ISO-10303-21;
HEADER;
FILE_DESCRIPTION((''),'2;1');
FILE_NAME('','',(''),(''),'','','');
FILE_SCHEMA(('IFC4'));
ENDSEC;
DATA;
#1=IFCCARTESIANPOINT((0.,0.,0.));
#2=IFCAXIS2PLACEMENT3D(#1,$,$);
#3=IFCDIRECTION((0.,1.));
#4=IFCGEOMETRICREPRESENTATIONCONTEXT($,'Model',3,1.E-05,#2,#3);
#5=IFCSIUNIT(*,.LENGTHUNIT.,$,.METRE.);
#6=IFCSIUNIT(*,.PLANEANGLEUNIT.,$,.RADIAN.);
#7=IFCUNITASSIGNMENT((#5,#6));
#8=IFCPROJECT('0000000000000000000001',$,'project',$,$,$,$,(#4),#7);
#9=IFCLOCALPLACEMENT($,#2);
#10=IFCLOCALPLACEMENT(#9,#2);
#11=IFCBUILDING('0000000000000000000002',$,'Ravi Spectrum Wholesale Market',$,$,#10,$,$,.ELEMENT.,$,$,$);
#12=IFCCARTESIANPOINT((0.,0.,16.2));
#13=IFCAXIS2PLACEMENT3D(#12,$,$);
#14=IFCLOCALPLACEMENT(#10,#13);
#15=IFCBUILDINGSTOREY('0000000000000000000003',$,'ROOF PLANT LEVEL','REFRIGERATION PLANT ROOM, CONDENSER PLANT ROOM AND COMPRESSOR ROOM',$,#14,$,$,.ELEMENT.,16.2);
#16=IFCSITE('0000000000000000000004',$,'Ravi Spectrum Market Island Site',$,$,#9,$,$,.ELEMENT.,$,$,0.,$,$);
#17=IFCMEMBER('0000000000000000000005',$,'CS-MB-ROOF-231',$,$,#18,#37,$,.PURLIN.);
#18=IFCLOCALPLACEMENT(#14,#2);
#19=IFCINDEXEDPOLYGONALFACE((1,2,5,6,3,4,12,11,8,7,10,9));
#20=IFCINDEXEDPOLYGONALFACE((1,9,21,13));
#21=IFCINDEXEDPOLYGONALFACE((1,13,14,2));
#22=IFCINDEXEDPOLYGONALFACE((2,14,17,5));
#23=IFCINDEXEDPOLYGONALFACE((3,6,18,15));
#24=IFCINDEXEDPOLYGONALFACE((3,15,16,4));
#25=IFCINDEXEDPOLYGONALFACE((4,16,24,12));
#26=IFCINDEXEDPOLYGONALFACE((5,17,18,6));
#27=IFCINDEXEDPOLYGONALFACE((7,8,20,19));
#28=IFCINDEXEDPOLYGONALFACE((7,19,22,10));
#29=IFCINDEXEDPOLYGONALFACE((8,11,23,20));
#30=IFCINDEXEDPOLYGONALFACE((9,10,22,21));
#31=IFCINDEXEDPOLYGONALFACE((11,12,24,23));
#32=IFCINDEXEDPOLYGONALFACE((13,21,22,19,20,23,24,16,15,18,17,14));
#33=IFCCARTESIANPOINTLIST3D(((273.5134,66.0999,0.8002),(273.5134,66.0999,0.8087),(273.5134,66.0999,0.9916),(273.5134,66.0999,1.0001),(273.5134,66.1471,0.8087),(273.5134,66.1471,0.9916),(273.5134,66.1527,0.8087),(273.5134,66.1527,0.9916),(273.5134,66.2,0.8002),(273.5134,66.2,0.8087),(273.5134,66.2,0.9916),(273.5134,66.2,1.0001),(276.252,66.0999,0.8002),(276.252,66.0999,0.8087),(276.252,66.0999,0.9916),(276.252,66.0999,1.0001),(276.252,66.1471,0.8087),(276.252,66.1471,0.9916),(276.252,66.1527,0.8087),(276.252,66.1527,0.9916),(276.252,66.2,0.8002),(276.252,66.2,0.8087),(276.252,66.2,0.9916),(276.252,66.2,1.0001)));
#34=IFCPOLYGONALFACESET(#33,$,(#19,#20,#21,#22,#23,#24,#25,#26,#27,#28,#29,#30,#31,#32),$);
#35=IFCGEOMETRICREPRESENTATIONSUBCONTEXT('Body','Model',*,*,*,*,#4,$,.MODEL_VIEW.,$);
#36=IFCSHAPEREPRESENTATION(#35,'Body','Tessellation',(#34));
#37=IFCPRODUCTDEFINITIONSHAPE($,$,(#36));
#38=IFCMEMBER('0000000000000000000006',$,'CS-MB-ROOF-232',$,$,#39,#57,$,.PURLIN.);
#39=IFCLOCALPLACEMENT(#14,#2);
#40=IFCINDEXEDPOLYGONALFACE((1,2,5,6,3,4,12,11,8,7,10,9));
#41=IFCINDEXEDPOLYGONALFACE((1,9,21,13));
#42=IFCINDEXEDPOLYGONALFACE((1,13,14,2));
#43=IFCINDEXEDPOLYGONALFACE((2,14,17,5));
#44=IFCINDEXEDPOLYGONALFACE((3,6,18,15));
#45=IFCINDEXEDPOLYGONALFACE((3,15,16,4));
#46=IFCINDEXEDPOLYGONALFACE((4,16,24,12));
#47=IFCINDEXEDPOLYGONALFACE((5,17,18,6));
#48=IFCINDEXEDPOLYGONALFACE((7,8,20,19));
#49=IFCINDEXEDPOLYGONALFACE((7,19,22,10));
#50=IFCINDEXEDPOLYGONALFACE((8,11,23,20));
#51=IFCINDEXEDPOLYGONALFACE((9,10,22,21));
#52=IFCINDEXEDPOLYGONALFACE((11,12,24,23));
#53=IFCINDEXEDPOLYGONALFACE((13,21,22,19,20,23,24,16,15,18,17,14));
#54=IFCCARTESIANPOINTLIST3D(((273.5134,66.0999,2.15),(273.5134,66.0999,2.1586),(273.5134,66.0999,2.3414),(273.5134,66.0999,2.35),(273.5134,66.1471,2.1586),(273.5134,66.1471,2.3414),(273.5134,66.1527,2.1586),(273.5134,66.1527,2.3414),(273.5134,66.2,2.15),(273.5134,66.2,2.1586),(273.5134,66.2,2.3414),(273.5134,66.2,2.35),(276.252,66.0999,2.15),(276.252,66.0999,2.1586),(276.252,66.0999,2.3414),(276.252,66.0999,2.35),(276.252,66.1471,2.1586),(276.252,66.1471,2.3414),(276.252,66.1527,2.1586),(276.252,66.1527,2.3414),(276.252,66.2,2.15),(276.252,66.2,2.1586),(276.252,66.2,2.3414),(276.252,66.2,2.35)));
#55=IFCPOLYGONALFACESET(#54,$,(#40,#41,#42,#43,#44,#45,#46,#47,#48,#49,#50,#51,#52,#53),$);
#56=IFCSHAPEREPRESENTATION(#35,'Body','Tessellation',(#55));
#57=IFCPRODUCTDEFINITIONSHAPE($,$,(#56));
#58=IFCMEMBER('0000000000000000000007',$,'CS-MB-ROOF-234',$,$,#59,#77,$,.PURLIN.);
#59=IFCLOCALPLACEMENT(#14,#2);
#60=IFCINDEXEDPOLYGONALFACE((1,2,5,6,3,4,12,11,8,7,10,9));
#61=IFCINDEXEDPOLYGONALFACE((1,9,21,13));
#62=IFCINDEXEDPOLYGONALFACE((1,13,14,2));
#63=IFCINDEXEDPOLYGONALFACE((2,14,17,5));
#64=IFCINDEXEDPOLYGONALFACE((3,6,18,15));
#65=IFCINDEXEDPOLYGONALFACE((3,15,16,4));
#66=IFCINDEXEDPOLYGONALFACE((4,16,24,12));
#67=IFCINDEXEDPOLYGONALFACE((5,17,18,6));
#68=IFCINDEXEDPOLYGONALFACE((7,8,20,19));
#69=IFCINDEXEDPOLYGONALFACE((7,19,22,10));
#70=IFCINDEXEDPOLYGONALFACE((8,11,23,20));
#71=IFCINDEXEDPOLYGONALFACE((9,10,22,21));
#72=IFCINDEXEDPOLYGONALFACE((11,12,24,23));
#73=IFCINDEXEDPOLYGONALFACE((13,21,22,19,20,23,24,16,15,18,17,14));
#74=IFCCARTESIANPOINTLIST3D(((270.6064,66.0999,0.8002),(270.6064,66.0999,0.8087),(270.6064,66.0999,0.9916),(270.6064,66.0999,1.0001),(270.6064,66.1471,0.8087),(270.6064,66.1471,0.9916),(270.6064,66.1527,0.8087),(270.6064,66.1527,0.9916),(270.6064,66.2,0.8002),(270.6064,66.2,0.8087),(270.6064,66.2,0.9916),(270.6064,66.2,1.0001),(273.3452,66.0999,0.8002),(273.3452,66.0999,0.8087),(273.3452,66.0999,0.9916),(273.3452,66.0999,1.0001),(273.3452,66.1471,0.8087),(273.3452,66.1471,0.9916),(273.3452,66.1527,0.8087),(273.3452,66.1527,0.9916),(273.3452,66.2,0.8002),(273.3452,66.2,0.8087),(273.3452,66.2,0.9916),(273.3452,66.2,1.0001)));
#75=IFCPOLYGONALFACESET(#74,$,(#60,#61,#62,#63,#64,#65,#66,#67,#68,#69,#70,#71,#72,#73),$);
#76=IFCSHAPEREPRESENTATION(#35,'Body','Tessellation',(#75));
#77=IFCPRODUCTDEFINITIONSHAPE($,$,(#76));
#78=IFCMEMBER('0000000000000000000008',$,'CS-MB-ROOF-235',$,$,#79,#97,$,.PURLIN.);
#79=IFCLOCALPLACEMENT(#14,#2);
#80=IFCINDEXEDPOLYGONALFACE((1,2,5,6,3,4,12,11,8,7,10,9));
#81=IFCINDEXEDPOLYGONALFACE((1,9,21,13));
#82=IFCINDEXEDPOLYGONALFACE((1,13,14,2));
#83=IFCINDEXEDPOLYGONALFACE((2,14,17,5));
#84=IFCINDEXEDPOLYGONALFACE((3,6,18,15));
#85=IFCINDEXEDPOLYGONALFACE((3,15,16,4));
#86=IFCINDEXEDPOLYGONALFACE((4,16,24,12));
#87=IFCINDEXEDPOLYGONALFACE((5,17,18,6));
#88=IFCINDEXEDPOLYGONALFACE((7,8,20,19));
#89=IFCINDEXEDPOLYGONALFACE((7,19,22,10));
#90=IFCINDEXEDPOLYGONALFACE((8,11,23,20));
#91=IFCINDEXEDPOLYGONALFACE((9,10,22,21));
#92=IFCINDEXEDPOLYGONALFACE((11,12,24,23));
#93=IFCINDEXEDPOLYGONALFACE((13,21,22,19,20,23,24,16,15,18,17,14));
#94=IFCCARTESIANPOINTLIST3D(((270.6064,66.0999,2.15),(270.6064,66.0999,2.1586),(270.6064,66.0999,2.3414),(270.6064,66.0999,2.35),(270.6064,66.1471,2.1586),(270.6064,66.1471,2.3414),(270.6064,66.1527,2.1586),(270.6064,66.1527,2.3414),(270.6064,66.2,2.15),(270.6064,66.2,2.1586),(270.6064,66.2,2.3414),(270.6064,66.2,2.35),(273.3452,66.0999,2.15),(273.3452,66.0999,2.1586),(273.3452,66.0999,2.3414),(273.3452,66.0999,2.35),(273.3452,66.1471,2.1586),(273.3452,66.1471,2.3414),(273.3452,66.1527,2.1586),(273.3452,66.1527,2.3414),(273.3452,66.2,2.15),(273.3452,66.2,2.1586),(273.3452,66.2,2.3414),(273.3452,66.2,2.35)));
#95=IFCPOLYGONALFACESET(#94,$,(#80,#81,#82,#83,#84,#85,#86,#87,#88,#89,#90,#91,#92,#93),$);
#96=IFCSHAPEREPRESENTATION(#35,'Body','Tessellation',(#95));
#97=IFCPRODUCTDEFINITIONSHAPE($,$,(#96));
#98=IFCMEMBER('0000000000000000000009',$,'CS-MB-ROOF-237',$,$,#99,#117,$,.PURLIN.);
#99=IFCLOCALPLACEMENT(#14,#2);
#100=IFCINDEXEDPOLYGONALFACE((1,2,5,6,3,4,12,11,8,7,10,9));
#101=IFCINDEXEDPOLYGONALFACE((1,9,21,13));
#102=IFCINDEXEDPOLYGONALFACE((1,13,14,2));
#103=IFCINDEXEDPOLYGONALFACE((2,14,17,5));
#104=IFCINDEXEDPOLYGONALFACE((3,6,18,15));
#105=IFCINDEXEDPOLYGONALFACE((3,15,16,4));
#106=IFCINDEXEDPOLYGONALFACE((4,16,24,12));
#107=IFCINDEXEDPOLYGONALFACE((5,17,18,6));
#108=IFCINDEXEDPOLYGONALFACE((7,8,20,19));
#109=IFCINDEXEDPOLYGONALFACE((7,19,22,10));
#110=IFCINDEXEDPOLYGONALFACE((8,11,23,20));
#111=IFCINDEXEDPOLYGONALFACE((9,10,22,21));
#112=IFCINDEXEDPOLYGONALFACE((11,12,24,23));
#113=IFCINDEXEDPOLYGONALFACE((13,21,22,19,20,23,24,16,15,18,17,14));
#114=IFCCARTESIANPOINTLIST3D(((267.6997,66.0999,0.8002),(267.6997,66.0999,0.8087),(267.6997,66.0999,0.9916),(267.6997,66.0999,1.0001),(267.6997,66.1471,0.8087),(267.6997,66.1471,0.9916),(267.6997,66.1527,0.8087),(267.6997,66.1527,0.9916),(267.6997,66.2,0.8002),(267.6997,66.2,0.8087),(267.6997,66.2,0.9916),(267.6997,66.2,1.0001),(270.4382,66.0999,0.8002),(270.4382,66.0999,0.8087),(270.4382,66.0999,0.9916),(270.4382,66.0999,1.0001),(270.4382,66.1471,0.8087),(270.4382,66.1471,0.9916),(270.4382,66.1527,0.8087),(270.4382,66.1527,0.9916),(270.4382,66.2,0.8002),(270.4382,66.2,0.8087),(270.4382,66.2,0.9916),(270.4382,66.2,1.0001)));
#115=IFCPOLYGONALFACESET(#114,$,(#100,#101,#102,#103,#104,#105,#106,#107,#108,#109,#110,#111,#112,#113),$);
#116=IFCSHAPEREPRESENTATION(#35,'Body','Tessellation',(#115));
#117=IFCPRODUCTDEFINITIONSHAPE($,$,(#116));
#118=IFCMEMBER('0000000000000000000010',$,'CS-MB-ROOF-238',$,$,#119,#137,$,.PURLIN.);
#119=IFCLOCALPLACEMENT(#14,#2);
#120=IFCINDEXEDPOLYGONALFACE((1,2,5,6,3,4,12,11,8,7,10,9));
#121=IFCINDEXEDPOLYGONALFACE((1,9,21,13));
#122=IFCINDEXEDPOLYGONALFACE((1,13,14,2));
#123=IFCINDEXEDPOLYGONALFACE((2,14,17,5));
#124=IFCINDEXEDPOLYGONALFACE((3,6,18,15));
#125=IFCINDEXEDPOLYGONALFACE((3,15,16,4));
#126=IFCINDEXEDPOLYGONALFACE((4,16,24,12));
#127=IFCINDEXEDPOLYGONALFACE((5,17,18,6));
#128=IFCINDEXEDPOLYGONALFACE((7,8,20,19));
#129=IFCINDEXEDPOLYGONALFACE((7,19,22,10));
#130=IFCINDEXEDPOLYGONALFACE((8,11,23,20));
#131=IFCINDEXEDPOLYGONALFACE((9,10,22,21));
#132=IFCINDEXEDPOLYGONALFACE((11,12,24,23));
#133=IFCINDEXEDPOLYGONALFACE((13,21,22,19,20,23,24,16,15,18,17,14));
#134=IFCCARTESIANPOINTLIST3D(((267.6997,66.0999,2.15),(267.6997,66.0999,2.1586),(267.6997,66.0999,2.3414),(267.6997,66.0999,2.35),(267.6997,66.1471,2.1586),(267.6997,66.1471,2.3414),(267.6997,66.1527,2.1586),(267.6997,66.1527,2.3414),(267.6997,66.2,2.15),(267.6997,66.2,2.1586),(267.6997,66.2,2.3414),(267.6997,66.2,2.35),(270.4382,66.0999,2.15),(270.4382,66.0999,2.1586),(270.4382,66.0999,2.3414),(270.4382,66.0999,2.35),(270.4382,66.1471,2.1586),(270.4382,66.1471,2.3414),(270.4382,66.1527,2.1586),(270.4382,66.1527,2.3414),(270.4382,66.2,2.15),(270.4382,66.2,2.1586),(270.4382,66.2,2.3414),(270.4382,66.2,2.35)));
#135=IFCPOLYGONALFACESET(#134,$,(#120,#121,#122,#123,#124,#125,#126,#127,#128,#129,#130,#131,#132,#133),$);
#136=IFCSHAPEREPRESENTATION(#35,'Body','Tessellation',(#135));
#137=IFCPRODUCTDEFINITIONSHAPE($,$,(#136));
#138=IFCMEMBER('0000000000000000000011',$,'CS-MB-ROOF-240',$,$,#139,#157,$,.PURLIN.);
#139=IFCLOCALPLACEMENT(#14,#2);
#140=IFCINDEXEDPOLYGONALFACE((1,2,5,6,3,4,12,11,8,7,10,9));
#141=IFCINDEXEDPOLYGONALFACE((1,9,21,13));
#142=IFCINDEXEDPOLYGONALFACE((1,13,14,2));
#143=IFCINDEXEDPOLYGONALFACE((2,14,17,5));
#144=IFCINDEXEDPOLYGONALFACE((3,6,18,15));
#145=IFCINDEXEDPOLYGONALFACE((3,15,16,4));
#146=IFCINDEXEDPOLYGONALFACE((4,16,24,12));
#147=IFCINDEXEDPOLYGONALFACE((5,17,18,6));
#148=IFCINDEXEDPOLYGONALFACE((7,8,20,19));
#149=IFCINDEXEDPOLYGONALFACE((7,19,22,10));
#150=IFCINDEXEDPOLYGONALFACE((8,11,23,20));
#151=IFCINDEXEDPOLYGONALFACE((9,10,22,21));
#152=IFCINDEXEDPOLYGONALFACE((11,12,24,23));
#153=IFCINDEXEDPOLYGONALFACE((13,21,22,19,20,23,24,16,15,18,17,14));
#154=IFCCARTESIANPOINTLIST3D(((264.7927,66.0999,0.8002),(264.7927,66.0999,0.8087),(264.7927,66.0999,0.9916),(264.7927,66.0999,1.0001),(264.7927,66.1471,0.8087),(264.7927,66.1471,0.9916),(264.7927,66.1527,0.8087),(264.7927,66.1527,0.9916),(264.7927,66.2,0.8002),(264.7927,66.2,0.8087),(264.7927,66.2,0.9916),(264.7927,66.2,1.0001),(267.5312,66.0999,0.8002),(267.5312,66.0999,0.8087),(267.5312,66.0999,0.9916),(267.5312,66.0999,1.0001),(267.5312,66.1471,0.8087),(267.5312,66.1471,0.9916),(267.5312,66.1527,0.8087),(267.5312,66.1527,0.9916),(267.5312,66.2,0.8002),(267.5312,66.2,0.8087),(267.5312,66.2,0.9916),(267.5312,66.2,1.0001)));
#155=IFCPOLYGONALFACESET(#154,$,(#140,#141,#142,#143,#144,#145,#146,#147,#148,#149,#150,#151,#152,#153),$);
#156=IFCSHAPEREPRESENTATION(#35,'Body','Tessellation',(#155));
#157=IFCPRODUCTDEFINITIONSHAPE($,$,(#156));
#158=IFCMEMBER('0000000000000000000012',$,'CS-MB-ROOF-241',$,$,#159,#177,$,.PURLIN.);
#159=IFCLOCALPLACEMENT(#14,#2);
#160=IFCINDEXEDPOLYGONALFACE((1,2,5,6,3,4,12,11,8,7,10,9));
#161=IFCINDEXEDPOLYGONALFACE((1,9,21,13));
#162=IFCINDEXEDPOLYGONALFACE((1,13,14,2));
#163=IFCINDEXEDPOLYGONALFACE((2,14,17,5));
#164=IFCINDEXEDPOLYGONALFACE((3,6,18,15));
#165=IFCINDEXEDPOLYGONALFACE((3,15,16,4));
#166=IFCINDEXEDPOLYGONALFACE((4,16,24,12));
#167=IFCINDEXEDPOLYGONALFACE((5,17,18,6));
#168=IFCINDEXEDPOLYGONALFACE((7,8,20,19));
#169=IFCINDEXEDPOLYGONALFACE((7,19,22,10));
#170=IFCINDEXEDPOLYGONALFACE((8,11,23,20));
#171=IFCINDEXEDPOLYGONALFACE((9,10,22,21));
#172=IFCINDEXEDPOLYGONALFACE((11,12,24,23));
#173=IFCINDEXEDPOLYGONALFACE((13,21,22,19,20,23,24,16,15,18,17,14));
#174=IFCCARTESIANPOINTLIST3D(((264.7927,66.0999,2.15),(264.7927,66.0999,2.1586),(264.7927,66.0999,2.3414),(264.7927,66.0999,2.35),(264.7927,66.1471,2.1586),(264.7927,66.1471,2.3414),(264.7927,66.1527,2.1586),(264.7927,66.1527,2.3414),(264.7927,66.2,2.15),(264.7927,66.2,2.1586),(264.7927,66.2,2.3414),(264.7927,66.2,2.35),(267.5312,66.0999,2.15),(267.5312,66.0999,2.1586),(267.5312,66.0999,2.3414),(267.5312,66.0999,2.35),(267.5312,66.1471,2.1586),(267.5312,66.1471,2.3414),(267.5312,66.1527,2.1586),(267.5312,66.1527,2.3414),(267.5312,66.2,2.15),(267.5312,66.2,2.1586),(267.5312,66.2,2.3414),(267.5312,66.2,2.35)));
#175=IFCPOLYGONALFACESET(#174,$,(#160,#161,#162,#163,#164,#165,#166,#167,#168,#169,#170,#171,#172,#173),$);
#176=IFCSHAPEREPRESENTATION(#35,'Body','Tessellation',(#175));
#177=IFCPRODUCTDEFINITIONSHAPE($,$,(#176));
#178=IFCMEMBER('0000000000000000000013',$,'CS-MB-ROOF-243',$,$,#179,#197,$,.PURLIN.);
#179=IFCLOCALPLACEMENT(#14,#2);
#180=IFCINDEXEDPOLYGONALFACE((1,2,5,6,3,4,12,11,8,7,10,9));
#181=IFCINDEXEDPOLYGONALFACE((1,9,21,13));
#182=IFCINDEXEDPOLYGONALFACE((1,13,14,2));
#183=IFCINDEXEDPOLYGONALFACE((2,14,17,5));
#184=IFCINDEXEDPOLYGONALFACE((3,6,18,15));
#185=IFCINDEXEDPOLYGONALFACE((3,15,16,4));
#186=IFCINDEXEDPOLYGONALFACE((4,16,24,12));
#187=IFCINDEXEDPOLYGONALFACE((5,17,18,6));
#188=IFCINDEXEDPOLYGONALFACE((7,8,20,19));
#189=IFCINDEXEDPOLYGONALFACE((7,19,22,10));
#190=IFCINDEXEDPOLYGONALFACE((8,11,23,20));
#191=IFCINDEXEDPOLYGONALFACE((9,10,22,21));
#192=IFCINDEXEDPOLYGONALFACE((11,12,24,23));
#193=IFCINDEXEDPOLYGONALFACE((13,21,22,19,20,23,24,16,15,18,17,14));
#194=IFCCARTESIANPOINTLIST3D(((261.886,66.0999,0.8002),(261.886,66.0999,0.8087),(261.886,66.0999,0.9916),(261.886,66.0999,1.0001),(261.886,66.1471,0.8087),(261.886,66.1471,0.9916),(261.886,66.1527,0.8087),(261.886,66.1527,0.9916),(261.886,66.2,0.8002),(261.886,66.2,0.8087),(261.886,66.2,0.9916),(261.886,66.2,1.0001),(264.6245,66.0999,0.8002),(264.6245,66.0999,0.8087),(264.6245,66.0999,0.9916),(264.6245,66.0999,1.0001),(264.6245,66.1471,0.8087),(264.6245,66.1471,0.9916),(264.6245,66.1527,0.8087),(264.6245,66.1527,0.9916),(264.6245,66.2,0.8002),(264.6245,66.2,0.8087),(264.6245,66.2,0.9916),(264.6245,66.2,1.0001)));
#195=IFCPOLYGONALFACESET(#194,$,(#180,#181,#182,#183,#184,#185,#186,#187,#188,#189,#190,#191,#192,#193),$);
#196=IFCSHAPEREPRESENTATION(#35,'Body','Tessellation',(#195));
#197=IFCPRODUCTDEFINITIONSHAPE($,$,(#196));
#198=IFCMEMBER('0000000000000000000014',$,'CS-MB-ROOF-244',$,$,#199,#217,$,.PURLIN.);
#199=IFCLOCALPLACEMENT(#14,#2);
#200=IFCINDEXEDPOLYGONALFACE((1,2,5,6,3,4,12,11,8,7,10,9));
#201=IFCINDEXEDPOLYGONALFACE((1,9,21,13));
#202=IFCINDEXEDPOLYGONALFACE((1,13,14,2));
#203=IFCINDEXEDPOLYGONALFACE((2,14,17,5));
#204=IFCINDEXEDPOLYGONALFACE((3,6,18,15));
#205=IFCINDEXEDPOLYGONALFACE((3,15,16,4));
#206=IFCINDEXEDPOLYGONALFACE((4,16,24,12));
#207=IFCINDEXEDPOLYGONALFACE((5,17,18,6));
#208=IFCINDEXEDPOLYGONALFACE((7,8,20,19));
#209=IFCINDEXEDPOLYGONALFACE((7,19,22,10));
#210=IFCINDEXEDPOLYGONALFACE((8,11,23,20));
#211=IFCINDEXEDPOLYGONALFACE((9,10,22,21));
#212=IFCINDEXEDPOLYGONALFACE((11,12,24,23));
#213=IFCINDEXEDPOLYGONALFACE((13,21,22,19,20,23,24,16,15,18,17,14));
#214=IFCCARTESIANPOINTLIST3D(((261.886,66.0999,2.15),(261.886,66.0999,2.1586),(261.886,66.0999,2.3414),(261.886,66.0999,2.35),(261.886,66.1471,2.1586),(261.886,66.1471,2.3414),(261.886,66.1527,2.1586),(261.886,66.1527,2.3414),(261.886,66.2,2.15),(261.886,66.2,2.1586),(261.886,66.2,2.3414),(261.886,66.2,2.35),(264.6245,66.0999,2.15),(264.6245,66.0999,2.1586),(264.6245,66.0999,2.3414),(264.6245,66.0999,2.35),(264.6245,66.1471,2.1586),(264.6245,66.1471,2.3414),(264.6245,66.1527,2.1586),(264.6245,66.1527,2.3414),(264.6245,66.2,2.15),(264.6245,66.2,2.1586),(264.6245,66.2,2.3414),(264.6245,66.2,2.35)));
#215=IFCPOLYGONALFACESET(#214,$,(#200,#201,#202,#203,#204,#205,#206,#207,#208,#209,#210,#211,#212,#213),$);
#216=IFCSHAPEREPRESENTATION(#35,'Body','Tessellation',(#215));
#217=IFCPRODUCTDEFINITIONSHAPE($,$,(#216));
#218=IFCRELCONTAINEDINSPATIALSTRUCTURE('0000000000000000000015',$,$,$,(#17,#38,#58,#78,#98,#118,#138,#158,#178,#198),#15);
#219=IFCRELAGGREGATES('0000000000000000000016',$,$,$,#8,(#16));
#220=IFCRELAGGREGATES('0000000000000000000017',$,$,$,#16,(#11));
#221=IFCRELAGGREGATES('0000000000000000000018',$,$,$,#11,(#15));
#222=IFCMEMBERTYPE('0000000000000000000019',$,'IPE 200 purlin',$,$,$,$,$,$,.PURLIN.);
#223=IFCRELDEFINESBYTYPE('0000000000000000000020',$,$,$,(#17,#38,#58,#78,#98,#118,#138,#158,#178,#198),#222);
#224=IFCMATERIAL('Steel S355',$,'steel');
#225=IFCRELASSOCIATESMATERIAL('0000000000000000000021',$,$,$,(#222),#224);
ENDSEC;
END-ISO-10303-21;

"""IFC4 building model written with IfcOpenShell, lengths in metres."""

from ifc_helpers import new_model, si_unit, direction, frame, origin, origin_2d, place, context, subcontext, project, spatial, i_section, extrude, material, material_profile, profile_set, type_object, element, save


model = new_model("IFC4")

# Units and contexts
model_context = context("Model", 3, precision=1e-05, world=origin(), true_north=direction((0.0, 1.0)))
body_context = subcontext(model_context, "Body", "Model", "MODEL_VIEW")
ifc_project = project(units=[si_unit("LENGTHUNIT", "METRE"), si_unit("PLANEANGLEUNIT", "RADIAN")], contexts=[model_context])

# Site, building, storey
site_placement = place(None, origin())
site = spatial("IfcSite", under=ifc_project, at=site_placement, Name="Ravi Spectrum Market Island Site", CompositionType="ELEMENT", RefElevation=0.0)
building_placement = place(site_placement, origin())
building = spatial("IfcBuilding", under=site, at=building_placement, Name="Ravi Spectrum Wholesale Market", CompositionType="ELEMENT")
storey_placement = place(building_placement, frame((0.0, 0.0, 16.2)))
storey = spatial("IfcBuildingStorey", under=building, at=storey_placement, Name="ROOF PLANT LEVEL", Description="REFRIGERATION PLANT ROOM, CONDENSER PLANT ROOM AND COMPRESSOR ROOM", CompositionType="ELEMENT", Elevation=16.2)

# Members
ifc_material_1 = material(Name="Steel S355", Category="steel")
ifc_material_profile_1 = material_profile(ifc_material_1, i_section(OverallWidth=0.1001, OverallDepth=0.2, WebThickness=0.0056, FlangeThickness=0.0085, at=origin_2d()))
ifc_profile_set_1 = profile_set([ifc_material_profile_1], Name="Steel S355")
member_type_1 = type_object("IfcMemberType", Name="IPE 200 purlin", PredefinedType="PURLIN", material=ifc_profile_set_1)
for number, where, z_axis, x_axis, name in (
    (1, (276.252, 66.1499, 0.9001), (-1.0, 0.0, 0.0), (0.0, -1.0, 0.0), "CS-MB-ROOF-231"),
    (2, (276.252, 66.1499, 2.25), (-1.0, 0.0, 0.0), (0.0, -1.0, 0.0), "CS-MB-ROOF-232"),
):
    element("IfcMember", number, at=place(storey_placement, frame(where, z_axis=z_axis, x_axis=x_axis)), inside=storey, type_object=member_type_1, Name=name, PredefinedType="PURLIN", context=body_context, shape_type="SweptSolid", body=[
        extrude(i_section(OverallWidth=0.1001, OverallDepth=0.2, WebThickness=0.0056, FlangeThickness=0.0085, at=origin_2d()), origin(), (0.0, 0.0, 1.0), 2.7385),
    ])
for number, where, z_axis, x_axis, name in (
    (3, (273.3452, 66.1499, 0.9001), (-1.0, 0.0, 0.0), (0.0, -1.0, 0.0), "CS-MB-ROOF-234"),
    (4, (273.3452, 66.1499, 2.25), (-1.0, 0.0, 0.0), (0.0, -1.0, 0.0), "CS-MB-ROOF-235"),
):
    element("IfcMember", number, at=place(storey_placement, frame(where, z_axis=z_axis, x_axis=x_axis)), inside=storey, type_object=member_type_1, Name=name, PredefinedType="PURLIN", context=body_context, shape_type="SweptSolid", body=[
        extrude(i_section(OverallWidth=0.1001, OverallDepth=0.2, WebThickness=0.0056, FlangeThickness=0.0085, at=origin_2d()), origin(), (0.0, 0.0, 1.0), 2.7388),
    ])
for number, where, z_axis, x_axis, name in (
    (5, (270.4382, 66.1499, 0.9001), (-1.0, 0.0, 0.0), (0.0, -1.0, 0.0), "CS-MB-ROOF-237"),
    (6, (270.4382, 66.1499, 2.25), (-1.0, 0.0, 0.0), (0.0, -1.0, 0.0), "CS-MB-ROOF-238"),
    (7, (267.5312, 66.1499, 0.9001), (-1.0, 0.0, 0.0), (0.0, -1.0, 0.0), "CS-MB-ROOF-240"),
    (8, (267.5312, 66.1499, 2.25), (-1.0, 0.0, 0.0), (0.0, -1.0, 0.0), "CS-MB-ROOF-241"),
    (9, (264.6245, 66.1499, 0.9001), (-1.0, 0.0, 0.0), (0.0, -1.0, 0.0), "CS-MB-ROOF-243"),
    (10, (264.6245, 66.1499, 2.25), (-1.0, 0.0, 0.0), (0.0, -1.0, 0.0), "CS-MB-ROOF-244"),
):
    element("IfcMember", number, at=place(storey_placement, frame(where, z_axis=z_axis, x_axis=x_axis)), inside=storey, type_object=member_type_1, Name=name, PredefinedType="PURLIN", context=body_context, shape_type="SweptSolid", body=[
        extrude(i_section(OverallWidth=0.1001, OverallDepth=0.2, WebThickness=0.0056, FlangeThickness=0.0085, at=origin_2d()), origin(), (0.0, 0.0, 1.0), 2.7385),
    ])

save(model, "model.ifc")
